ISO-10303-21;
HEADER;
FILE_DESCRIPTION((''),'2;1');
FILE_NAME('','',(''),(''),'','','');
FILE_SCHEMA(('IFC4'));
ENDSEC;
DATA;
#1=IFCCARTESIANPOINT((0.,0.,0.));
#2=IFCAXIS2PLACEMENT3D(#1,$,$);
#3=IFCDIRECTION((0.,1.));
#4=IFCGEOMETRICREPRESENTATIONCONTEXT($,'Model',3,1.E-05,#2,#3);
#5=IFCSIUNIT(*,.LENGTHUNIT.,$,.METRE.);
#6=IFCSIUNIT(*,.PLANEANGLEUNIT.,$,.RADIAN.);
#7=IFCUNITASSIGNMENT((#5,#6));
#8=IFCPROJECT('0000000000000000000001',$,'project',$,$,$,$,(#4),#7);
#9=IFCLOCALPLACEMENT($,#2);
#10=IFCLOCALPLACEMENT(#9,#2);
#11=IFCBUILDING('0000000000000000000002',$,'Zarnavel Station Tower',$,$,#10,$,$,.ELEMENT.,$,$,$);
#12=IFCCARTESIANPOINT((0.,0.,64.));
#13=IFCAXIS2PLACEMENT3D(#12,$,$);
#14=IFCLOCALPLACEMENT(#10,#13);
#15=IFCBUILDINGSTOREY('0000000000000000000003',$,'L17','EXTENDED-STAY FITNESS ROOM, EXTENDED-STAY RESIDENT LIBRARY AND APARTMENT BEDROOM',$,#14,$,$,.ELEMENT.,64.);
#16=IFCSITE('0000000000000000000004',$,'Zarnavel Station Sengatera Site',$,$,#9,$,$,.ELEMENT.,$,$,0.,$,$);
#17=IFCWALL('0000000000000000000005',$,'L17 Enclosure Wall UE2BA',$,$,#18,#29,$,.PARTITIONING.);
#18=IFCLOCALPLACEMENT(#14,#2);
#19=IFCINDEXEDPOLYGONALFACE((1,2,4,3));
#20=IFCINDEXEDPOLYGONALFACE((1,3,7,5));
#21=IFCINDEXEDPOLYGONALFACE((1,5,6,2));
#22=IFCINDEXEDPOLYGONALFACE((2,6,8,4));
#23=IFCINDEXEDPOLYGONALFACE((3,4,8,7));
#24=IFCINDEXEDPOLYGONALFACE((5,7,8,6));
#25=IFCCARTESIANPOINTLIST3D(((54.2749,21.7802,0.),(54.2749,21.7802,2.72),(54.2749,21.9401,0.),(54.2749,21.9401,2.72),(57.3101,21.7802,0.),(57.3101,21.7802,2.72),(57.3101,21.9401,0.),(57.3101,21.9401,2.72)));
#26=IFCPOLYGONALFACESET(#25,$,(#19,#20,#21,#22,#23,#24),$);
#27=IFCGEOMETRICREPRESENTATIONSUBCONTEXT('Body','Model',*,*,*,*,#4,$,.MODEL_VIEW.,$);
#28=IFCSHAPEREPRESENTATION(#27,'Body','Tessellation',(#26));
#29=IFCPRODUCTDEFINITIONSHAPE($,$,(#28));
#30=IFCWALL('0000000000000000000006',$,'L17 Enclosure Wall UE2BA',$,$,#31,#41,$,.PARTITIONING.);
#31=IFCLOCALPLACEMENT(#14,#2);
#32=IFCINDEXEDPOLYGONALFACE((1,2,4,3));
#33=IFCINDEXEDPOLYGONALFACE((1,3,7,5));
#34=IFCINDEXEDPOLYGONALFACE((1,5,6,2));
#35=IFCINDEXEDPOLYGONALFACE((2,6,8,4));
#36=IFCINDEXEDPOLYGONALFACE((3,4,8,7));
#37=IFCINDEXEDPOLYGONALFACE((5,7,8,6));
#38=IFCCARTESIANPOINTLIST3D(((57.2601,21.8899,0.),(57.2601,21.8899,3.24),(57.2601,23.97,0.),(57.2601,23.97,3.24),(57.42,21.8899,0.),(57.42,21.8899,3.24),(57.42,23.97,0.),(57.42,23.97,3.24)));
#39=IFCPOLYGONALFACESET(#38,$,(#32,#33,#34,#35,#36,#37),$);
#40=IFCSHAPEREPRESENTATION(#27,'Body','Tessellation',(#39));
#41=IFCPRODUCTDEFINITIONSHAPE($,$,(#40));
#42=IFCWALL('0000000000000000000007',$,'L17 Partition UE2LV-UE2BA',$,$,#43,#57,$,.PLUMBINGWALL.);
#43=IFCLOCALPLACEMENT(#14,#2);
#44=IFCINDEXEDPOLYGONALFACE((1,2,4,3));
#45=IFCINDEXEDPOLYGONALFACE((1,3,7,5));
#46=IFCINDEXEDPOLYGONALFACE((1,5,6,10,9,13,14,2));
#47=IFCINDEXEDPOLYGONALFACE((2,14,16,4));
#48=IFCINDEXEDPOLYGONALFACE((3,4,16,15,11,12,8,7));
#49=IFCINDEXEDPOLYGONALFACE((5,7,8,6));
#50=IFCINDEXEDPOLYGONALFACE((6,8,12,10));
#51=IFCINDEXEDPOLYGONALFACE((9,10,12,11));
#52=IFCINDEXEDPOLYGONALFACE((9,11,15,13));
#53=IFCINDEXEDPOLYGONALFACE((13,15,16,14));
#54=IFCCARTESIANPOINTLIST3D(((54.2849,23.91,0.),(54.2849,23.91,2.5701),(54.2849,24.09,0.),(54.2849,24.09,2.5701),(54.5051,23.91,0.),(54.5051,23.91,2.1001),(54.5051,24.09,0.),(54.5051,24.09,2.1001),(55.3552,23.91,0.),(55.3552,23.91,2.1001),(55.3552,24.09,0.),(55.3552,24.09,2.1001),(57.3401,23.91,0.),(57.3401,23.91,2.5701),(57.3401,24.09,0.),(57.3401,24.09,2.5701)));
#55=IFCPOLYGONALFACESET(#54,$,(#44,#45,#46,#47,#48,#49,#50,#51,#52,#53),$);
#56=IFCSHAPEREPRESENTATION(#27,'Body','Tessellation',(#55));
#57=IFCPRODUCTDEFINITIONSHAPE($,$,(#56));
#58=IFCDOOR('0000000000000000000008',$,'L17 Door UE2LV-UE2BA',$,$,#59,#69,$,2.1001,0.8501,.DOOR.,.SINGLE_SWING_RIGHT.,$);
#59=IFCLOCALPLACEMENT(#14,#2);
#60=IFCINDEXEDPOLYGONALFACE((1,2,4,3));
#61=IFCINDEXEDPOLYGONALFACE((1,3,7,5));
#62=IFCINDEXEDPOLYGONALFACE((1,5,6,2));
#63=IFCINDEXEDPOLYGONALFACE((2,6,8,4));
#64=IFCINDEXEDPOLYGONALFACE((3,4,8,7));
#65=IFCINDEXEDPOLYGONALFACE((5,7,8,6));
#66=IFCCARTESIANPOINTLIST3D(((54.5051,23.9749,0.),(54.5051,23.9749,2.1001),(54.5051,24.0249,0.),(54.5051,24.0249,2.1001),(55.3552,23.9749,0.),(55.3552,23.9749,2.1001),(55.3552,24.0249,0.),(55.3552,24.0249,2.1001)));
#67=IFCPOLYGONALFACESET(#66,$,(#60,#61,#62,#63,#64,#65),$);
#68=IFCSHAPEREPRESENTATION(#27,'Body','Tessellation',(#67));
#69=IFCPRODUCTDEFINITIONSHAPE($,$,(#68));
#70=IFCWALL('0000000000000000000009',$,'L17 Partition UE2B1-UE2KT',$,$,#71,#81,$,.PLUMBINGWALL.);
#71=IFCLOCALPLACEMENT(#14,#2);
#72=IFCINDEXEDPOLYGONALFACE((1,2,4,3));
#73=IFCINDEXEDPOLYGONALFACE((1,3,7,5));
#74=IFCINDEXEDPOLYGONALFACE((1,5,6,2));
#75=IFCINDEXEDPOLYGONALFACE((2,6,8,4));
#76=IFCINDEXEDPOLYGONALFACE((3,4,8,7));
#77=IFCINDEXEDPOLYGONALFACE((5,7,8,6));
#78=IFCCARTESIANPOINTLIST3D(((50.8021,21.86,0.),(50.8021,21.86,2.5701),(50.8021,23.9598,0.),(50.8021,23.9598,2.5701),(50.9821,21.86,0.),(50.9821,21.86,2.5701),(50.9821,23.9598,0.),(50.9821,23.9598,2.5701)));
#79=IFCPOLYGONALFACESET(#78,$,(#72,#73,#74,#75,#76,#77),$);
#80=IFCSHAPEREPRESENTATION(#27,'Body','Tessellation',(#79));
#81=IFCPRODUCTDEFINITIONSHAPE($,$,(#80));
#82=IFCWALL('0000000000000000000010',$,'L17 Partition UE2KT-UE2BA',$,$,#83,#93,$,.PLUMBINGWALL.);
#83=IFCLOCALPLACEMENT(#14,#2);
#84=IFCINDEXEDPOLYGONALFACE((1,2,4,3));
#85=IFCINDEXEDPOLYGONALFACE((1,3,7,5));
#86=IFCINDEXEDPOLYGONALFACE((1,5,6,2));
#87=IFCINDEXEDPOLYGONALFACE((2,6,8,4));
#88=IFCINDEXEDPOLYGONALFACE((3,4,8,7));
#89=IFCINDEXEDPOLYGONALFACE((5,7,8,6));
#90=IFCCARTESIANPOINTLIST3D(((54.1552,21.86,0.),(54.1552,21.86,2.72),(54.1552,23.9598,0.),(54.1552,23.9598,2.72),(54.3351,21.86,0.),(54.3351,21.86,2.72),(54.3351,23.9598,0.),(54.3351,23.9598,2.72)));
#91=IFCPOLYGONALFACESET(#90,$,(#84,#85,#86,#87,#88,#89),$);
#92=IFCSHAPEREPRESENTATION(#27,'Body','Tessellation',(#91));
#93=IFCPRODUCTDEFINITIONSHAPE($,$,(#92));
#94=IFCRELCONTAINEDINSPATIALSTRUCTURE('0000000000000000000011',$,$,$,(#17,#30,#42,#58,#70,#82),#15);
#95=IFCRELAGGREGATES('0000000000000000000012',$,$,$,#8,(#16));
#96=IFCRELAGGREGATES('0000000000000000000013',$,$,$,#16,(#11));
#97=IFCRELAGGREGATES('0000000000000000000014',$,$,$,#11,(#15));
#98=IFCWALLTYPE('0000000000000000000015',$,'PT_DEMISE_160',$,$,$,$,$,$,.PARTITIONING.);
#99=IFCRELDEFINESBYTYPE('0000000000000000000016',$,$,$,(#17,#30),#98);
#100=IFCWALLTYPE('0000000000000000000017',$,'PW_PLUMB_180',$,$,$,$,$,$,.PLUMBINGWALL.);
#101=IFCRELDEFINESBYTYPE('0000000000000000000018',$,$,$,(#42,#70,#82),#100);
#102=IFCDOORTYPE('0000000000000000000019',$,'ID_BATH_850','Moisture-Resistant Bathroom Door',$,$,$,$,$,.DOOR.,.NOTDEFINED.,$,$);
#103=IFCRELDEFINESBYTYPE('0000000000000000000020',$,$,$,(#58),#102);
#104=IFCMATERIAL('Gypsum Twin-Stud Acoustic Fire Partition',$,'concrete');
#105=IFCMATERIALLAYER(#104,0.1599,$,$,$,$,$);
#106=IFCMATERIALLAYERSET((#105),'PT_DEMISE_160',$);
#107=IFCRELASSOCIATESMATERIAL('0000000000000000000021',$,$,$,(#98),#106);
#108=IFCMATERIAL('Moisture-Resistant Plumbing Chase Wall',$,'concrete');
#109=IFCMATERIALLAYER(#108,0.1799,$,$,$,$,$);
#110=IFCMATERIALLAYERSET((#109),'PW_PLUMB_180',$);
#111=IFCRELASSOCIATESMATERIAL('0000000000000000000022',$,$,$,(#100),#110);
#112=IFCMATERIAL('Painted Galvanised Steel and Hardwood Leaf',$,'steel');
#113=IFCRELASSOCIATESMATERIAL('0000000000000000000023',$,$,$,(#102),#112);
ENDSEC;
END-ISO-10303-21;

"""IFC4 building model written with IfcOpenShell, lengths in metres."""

from ifc_helpers import new_model, si_unit, direction, frame, frame_2d, origin, place, context, subcontext, project, spatial, rectangle, extrude, material, layer, layer_set, type_object, element, fill, save


model = new_model("IFC4")

# Units and contexts
model_context = context("Model", 3, precision=1e-05, world=origin(), true_north=direction((0.0, 1.0)))
body_context = subcontext(model_context, "Body", "Model", "MODEL_VIEW")
ifc_project = project(units=[si_unit("LENGTHUNIT", "METRE"), si_unit("PLANEANGLEUNIT", "RADIAN")], contexts=[model_context])

# Site, building, storey
site_placement = place(None, origin())
site = spatial("IfcSite", under=ifc_project, at=site_placement, Name="Zarnavel Station Sengatera Site", CompositionType="ELEMENT", RefElevation=0.0)
building_placement = place(site_placement, origin())
building = spatial("IfcBuilding", under=site, at=building_placement, Name="Zarnavel Station Tower", CompositionType="ELEMENT")
storey_placement = place(building_placement, frame((0.0, 0.0, 64.0)))
storey = spatial("IfcBuildingStorey", under=building, at=storey_placement, Name="L17", Description="EXTENDED-STAY FITNESS ROOM, EXTENDED-STAY RESIDENT LIBRARY AND APARTMENT BEDROOM", CompositionType="ELEMENT", Elevation=64.0)

# Shared definitions
ifc_material_1 = material(Name="Gypsum Twin-Stud Acoustic Fire Partition", Category="concrete")
ifc_layer_1 = layer(ifc_material_1, 0.1599)
ifc_layer_set_1 = layer_set([ifc_layer_1], Name="PT_DEMISE_160")
wall_type_1 = type_object("IfcWallType", Name="PT_DEMISE_160", PredefinedType="PARTITIONING", material=ifc_layer_set_1)

# Walls
wall_1_placement = place(storey_placement, frame((54.2749, 21.8601, 0.0), z_axis=(0.0, 0.0, 1.0), x_axis=(1.0, 0.0, 0.0)))
element("IfcWall", 1, at=wall_1_placement, inside=storey, type_object=wall_type_1, Name="L17 Enclosure Wall UE2BA", PredefinedType="PARTITIONING", context=body_context, shape_type="SweptSolid", body=[
    extrude(rectangle(XDim=3.0352, YDim=0.1599, at=frame_2d((1.5176, 0.0))), origin(), (0.0, 0.0, 1.0), 2.72),
])
wall_2_placement = place(storey_placement, frame((57.3401, 21.8899, 0.0), z_axis=(0.0, 0.0, 1.0), x_axis=(0.0, 1.0, 0.0)))
element("IfcWall", 2, at=wall_2_placement, inside=storey, type_object=wall_type_1, Name="L17 Enclosure Wall UE2BA", PredefinedType="PARTITIONING", context=body_context, shape_type="SweptSolid", body=[
    extrude(rectangle(XDim=2.0801, YDim=0.1599, at=frame_2d((1.04, 0.0))), origin(), (0.0, 0.0, 1.0), 3.24),
])

# Wall, opening, door
ifc_material_2 = material(Name="Moisture-Resistant Plumbing Chase Wall", Category="concrete")
ifc_layer_2 = layer(ifc_material_2, 0.1799)
ifc_layer_set_2 = layer_set([ifc_layer_2], Name="PW_PLUMB_180")
wall_type_2 = type_object("IfcWallType", Name="PW_PLUMB_180", PredefinedType="PLUMBINGWALL", material=ifc_layer_set_2)
wall_3_placement = place(storey_placement, frame((54.2849, 24.0, 0.0), z_axis=(0.0, 0.0, 1.0), x_axis=(1.0, 0.0, 0.0)))
wall_3 = element("IfcWall", 3, at=wall_3_placement, inside=storey, type_object=wall_type_2, Name="L17 Partition UE2LV-UE2BA", PredefinedType="PLUMBINGWALL", context=body_context, shape_type="SweptSolid", body=[
    extrude(rectangle(XDim=3.0552, YDim=0.1799, at=frame_2d((1.5276, 0.0))), origin(), (0.0, 0.0, 1.0), 2.5701),
])
opening_1_placement = place(wall_3_placement, frame((0.2202, 0.0, 0.0)))
opening_1 = element("IfcOpeningElement", 4, at=opening_1_placement, cuts=wall_3, PredefinedType="OPENING", context=body_context, shape_type="SweptSolid", body=[
    extrude(rectangle(XDim=0.8501, YDim=2.1001, at=frame_2d((0.425, 1.05))), frame((0.0, 0.0999, 0.0), z_axis=(0.0, -1.0, 0.0), x_axis=(1.0, 0.0, 0.0)), (0.0, 0.0, 1.0), 0.2),
])
ifc_material_3 = material(Name="Painted Galvanised Steel and Hardwood Leaf", Category="steel")
door_type_1 = type_object("IfcDoorType", Name="ID_BATH_850", Description="Moisture-Resistant Bathroom Door", OperationType="NOTDEFINED", PredefinedType="DOOR", material=ifc_material_3)
door_1_placement = place(opening_1_placement, origin())
door_1 = element("IfcDoor", 5, at=door_1_placement, inside=storey, type_object=door_type_1, Name="L17 Door UE2LV-UE2BA", OperationType="SINGLE_SWING_RIGHT", OverallHeight=2.1001, OverallWidth=0.8501, PredefinedType="DOOR", context=body_context, shape_type="SweptSolid", body=[
    extrude(rectangle(XDim=0.8501, YDim=2.1001, at=frame_2d((0.425, 1.05))), frame((0.0, 0.0249, 0.0), z_axis=(0.0, -1.0, 0.0), x_axis=(1.0, 0.0, 0.0)), (0.0, 0.0, 1.0), 0.05),
])
fill(opening_1, door_1)

# Walls
wall_4_placement = place(storey_placement, frame((50.8921, 21.8601, 0.0), z_axis=(0.0, 0.0, 1.0), x_axis=(0.0, 1.0, 0.0)))
element("IfcWall", 6, at=wall_4_placement, inside=storey, type_object=wall_type_2, Name="L17 Partition UE2B1-UE2KT", PredefinedType="PLUMBINGWALL", context=body_context, shape_type="SweptSolid", body=[
    extrude(rectangle(XDim=2.0999, YDim=0.1799, at=frame_2d((1.0498, 0.0))), origin(), (0.0, 0.0, 1.0), 2.5701),
])
wall_5_placement = place(storey_placement, frame((54.2451, 21.8601, 0.0), z_axis=(0.0, 0.0, 1.0), x_axis=(0.0, 1.0, 0.0)))
element("IfcWall", 7, at=wall_5_placement, inside=storey, type_object=wall_type_2, Name="L17 Partition UE2KT-UE2BA", PredefinedType="PLUMBINGWALL", context=body_context, shape_type="SweptSolid", body=[
    extrude(rectangle(XDim=2.0999, YDim=0.1799, at=frame_2d((1.0498, 0.0))), origin(), (0.0, 0.0, 1.0), 2.72),
])

save(model, "model.ifc")
